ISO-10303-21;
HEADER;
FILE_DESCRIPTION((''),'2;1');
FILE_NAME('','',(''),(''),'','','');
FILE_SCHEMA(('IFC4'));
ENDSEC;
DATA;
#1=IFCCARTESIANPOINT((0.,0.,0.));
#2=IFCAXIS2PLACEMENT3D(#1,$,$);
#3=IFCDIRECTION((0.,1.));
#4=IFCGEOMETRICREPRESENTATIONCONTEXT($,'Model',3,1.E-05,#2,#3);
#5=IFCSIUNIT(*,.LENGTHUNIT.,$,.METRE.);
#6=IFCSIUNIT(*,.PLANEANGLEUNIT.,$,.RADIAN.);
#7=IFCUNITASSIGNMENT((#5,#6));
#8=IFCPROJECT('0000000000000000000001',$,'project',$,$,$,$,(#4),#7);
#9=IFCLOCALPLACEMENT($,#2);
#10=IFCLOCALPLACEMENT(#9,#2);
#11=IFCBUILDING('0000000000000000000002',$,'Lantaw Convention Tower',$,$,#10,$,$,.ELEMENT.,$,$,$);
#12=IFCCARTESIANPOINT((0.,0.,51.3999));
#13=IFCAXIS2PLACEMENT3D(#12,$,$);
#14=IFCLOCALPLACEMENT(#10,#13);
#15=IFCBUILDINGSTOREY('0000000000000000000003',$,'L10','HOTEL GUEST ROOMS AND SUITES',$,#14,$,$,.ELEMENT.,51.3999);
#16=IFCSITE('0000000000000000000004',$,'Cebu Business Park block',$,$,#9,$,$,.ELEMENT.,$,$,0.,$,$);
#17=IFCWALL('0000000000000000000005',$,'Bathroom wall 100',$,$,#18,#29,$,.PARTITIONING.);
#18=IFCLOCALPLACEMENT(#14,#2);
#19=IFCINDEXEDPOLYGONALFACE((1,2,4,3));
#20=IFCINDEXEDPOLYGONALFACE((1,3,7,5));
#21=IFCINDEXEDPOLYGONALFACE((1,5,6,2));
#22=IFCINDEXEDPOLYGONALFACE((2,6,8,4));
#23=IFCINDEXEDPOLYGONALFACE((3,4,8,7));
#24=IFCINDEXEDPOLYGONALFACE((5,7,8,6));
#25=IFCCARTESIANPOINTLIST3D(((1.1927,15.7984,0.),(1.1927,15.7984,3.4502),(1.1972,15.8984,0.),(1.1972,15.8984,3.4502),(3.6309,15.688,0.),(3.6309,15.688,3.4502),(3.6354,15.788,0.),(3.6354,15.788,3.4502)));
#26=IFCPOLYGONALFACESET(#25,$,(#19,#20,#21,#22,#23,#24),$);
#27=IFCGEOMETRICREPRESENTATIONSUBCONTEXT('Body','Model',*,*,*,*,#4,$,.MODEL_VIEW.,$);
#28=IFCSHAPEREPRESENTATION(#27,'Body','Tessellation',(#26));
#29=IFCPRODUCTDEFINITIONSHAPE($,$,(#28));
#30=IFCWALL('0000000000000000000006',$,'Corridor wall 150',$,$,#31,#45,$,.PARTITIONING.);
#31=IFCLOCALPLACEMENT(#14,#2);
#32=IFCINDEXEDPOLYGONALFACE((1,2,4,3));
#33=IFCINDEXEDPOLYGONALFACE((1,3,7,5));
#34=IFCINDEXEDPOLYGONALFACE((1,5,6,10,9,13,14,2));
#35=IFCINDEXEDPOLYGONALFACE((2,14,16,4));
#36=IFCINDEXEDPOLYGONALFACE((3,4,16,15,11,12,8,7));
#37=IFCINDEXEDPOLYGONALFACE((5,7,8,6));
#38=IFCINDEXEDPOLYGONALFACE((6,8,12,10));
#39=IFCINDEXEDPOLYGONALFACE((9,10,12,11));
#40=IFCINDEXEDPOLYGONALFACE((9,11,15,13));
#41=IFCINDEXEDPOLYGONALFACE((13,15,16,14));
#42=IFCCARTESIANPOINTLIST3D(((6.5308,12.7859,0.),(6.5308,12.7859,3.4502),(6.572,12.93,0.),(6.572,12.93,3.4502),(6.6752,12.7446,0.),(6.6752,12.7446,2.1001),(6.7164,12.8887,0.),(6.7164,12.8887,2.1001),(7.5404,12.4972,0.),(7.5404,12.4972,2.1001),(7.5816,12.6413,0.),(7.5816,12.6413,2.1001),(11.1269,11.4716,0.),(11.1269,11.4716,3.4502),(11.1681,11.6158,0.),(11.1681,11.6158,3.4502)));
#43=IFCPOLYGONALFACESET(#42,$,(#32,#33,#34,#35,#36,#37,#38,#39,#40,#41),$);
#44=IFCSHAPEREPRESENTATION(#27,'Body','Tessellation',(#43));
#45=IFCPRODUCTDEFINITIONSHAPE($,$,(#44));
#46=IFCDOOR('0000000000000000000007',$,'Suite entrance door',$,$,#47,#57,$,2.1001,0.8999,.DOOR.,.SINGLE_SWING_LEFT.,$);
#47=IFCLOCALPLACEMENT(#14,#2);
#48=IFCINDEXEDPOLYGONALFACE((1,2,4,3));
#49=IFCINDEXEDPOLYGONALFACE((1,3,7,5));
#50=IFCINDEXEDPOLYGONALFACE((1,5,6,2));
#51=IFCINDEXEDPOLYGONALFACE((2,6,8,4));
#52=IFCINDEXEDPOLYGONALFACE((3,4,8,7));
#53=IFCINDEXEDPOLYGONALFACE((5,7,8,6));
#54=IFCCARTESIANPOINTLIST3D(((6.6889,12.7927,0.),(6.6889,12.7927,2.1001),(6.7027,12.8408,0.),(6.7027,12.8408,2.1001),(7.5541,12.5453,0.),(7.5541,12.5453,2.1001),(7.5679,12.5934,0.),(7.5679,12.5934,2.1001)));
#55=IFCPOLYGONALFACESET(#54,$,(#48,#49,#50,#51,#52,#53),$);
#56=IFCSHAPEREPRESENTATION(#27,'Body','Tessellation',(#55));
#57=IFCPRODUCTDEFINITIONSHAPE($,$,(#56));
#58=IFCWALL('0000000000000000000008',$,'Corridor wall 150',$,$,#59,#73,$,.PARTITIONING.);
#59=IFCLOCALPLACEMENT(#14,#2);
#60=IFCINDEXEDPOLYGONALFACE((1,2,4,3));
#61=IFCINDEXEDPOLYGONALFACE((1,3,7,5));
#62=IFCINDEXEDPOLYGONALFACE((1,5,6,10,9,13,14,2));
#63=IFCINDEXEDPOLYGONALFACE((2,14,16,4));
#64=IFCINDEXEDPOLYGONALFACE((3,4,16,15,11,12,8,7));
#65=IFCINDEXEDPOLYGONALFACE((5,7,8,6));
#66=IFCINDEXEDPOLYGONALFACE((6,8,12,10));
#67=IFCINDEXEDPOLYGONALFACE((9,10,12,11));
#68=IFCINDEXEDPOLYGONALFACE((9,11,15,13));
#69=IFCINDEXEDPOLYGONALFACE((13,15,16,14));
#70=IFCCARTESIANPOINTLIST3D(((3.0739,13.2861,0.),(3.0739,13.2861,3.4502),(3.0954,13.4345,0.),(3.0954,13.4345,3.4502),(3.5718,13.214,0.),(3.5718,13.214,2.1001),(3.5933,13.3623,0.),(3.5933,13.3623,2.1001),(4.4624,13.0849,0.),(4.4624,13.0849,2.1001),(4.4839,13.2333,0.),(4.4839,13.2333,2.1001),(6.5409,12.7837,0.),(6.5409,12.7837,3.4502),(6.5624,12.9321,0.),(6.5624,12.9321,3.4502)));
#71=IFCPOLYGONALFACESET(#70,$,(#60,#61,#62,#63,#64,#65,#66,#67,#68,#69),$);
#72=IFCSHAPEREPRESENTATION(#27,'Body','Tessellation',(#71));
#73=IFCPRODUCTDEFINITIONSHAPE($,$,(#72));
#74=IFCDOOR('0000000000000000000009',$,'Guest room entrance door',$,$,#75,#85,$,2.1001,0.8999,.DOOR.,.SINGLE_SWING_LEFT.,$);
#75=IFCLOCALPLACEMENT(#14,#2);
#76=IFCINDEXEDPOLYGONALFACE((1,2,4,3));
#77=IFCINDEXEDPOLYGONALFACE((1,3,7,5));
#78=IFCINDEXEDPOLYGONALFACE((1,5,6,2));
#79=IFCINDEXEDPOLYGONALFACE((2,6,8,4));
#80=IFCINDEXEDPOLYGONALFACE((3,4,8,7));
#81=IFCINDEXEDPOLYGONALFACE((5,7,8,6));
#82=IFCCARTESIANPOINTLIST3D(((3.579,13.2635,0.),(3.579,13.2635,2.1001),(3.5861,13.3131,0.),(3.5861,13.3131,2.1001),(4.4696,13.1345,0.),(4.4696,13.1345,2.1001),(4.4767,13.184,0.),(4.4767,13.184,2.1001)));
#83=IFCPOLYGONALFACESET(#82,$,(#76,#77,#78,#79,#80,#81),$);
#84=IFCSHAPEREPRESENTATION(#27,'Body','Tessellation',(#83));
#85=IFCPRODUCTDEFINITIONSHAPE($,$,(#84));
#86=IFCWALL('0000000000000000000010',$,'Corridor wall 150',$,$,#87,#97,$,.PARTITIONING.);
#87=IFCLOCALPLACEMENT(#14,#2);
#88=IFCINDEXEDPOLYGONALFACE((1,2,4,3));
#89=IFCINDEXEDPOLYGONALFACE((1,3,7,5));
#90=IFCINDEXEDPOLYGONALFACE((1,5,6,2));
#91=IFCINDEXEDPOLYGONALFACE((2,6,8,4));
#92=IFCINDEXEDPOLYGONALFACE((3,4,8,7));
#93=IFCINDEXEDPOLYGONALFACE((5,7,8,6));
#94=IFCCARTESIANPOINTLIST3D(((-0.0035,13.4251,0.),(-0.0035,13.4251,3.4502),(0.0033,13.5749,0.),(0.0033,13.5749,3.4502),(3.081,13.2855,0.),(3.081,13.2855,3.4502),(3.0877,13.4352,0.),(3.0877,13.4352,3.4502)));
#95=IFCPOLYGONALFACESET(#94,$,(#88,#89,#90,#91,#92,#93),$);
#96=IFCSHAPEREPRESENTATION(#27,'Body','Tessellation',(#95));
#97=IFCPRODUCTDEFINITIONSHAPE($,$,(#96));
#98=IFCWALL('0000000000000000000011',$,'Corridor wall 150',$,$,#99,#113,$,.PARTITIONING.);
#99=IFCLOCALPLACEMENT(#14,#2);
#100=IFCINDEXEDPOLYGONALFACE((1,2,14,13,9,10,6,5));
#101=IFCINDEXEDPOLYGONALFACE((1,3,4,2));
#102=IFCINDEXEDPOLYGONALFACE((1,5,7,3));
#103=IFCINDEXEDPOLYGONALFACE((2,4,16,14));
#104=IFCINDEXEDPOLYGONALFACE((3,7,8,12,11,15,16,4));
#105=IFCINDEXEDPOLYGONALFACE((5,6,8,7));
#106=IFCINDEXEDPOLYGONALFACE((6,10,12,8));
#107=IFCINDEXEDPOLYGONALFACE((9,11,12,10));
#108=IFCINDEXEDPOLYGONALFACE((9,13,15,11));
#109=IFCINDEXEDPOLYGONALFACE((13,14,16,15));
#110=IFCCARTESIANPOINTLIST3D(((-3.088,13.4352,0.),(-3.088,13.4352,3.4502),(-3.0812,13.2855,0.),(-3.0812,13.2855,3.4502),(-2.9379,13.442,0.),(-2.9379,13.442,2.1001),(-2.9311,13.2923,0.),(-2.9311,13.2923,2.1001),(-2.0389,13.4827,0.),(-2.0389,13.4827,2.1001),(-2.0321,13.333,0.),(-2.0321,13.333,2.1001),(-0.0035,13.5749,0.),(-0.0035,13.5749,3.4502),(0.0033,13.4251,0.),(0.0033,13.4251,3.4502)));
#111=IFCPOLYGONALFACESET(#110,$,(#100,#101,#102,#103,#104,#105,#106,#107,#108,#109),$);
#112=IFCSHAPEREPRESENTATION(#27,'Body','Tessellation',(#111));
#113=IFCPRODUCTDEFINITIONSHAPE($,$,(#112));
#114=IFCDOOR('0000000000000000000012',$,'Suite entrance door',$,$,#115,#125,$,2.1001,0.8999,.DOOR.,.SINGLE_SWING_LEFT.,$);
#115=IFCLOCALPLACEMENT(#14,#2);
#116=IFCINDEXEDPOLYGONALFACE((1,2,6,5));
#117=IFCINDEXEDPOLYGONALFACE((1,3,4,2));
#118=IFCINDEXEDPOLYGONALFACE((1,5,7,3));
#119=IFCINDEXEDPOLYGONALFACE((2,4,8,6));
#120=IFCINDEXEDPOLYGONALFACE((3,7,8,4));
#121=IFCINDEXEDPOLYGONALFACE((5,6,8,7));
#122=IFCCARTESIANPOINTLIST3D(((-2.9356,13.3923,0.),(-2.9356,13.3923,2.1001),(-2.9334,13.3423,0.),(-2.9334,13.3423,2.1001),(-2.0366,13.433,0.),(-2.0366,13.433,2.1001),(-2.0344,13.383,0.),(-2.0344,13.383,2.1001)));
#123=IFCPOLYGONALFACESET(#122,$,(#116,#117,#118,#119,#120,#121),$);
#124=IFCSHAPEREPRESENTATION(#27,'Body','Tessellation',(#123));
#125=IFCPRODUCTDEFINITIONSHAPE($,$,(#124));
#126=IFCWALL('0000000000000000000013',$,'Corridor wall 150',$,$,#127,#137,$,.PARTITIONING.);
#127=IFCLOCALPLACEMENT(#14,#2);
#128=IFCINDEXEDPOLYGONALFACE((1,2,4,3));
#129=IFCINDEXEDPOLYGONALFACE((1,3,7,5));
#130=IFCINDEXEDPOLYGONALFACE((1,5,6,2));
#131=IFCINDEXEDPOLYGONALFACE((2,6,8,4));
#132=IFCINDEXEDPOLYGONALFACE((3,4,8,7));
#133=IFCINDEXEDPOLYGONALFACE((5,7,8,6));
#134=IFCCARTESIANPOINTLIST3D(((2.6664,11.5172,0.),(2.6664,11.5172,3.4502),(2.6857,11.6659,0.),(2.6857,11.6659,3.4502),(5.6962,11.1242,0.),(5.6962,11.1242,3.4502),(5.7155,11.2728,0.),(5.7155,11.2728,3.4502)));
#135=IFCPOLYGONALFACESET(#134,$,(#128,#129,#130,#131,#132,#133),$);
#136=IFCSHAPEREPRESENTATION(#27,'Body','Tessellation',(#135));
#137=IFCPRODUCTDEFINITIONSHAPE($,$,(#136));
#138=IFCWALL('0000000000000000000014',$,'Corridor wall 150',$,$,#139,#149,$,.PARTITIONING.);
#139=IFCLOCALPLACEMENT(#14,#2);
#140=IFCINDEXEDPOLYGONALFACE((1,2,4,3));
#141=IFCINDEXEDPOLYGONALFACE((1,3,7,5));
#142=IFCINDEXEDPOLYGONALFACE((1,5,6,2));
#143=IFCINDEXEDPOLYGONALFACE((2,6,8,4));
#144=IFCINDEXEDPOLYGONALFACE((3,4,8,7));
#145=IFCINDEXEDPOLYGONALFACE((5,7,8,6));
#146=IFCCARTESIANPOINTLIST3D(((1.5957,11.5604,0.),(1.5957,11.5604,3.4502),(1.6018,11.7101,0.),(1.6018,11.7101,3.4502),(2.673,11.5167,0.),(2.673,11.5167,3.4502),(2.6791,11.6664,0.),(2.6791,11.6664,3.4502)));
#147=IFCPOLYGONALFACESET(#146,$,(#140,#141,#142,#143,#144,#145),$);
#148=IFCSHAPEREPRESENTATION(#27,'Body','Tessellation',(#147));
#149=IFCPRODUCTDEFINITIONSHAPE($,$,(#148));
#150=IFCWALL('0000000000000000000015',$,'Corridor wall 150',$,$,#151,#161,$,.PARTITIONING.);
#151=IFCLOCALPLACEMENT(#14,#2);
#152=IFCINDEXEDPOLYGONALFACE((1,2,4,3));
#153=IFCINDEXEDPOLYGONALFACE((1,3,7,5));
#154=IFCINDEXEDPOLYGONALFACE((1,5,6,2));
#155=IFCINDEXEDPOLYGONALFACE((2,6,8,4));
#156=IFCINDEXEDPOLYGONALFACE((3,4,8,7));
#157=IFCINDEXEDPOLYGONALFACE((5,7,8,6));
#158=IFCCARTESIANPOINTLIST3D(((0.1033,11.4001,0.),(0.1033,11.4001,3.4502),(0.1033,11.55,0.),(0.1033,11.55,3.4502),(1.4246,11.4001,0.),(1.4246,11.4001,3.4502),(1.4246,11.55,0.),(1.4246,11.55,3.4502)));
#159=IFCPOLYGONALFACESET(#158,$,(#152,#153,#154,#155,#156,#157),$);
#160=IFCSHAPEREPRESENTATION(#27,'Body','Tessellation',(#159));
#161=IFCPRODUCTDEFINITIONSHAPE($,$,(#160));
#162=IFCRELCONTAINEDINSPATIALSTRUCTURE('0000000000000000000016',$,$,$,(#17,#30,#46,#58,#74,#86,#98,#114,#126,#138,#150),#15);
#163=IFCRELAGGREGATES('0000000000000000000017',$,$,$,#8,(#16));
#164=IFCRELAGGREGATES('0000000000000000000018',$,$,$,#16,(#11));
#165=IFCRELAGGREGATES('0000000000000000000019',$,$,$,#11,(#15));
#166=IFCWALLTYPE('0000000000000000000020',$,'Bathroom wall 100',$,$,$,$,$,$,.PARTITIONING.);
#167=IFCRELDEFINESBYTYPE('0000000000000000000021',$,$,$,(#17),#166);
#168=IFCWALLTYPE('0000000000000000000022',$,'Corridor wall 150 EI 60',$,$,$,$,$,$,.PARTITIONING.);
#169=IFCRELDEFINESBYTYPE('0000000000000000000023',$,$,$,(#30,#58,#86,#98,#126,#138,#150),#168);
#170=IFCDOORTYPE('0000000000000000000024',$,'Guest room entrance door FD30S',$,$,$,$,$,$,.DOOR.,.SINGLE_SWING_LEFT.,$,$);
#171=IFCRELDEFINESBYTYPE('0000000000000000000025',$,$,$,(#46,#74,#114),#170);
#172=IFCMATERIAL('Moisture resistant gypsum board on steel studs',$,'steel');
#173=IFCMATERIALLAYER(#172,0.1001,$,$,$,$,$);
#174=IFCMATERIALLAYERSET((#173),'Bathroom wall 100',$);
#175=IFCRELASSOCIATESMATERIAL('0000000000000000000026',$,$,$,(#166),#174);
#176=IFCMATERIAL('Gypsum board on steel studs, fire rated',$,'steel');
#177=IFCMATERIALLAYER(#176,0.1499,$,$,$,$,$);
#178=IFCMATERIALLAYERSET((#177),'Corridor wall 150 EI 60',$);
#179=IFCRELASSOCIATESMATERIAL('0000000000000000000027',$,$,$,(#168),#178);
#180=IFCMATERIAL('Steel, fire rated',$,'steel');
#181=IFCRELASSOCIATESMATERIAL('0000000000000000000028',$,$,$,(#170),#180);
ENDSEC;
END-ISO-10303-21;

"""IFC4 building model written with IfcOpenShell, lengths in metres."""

from ifc_helpers import new_model, si_unit, direction, frame, frame_2d, origin, place, context, subcontext, project, spatial, rectangle, extrude, material, layer, layer_set, type_object, element, fill, save


model = new_model("IFC4")

# Units and contexts
model_context = context("Model", 3, precision=1e-05, world=origin(), true_north=direction((0.0, 1.0)))
body_context = subcontext(model_context, "Body", "Model", "MODEL_VIEW")
ifc_project = project(units=[si_unit("LENGTHUNIT", "METRE"), si_unit("PLANEANGLEUNIT", "RADIAN")], contexts=[model_context])

# Site, building, storey
site_placement = place(None, origin())
site = spatial("IfcSite", under=ifc_project, at=site_placement, Name="Cebu Business Park block", CompositionType="ELEMENT", RefElevation=0.0)
building_placement = place(site_placement, origin())
building = spatial("IfcBuilding", under=site, at=building_placement, Name="Lantaw Convention Tower", CompositionType="ELEMENT")
storey_placement = place(building_placement, frame((0.0, 0.0, 51.3999)))
storey = spatial("IfcBuildingStorey", under=building, at=storey_placement, Name="L10", Description="HOTEL GUEST ROOMS AND SUITES", CompositionType="ELEMENT", Elevation=51.3999)

# Shared definitions
ifc_material_1 = material(Name="Moisture resistant gypsum board on steel studs", Category="steel")
ifc_layer_1 = layer(ifc_material_1, 0.1001)
ifc_layer_set_1 = layer_set([ifc_layer_1], Name="Bathroom wall 100")
wall_type_1 = type_object("IfcWallType", Name="Bathroom wall 100", PredefinedType="PARTITIONING", material=ifc_layer_set_1)

# Wall
wall_1_placement = place(storey_placement, frame((1.1951, 15.8484, 0.0), z_axis=(0.0, 0.0, 1.0), x_axis=(0.998977, -0.045213, 0.0)))
element("IfcWall", 1, at=wall_1_placement, inside=storey, type_object=wall_type_1, Name="Bathroom wall 100", PredefinedType="PARTITIONING", context=body_context, shape_type="SweptSolid", body=[
    extrude(rectangle(XDim=2.4407, YDim=0.1001, at=frame_2d((1.2202, 0.0))), origin(), (0.0, 0.0, 1.0), 3.4502),
])

# Walls, openings, doors
ifc_material_2 = material(Name="Gypsum board on steel studs, fire rated", Category="steel")
ifc_layer_2 = layer(ifc_material_2, 0.1499)
ifc_layer_set_2 = layer_set([ifc_layer_2], Name="Corridor wall 150 EI 60")
wall_type_2 = type_object("IfcWallType", Name="Corridor wall 150 EI 60", PredefinedType="PARTITIONING", material=ifc_layer_set_2)
wall_2_placement = place(storey_placement, frame((11.1475, 11.5437, 0.0), z_axis=(0.0, 0.0, 1.0), x_axis=(-0.961464, 0.27493, 0.0)))
wall_2 = element("IfcWall", 2, at=wall_2_placement, inside=storey, type_object=wall_type_2, Name="Corridor wall 150", PredefinedType="PARTITIONING", context=body_context, shape_type="SweptSolid", body=[
    extrude(rectangle(XDim=4.7803, YDim=0.1499, at=frame_2d((2.3901, 0.0))), origin(), (0.0, 0.0, 1.0), 3.4502),
])
opening_1_placement = place(wall_2_placement, frame((3.7302, 0.0, 0.0)))
opening_1 = element("IfcOpeningElement", 3, at=opening_1_placement, cuts=wall_2, PredefinedType="OPENING", context=body_context, shape_type="SweptSolid", body=[
    extrude(rectangle(XDim=0.8999, YDim=2.1001, at=frame_2d((0.45, 1.05))), frame((0.0, 0.085, 0.0), z_axis=(0.0, -1.0, 0.0), x_axis=(1.0, 0.0, 0.0)), (0.0, 0.0, 1.0), 0.1699),
])
ifc_material_3 = material(Name="Steel, fire rated", Category="steel")
door_type_1 = type_object("IfcDoorType", Name="Guest room entrance door FD30S", OperationType="SINGLE_SWING_LEFT", PredefinedType="DOOR", material=ifc_material_3)
door_1_placement = place(opening_1_placement, origin())
door_1 = element("IfcDoor", 4, at=door_1_placement, inside=storey, type_object=door_type_1, Name="Suite entrance door", OperationType="SINGLE_SWING_LEFT", OverallHeight=2.1001, OverallWidth=0.8999, PredefinedType="DOOR", context=body_context, shape_type="SweptSolid", body=[
    extrude(rectangle(XDim=0.8999, YDim=2.1001, at=frame_2d((0.45, 1.05))), frame((0.0, 0.0249, 0.0), z_axis=(0.0, -1.0, 0.0), x_axis=(1.0, 0.0, 0.0)), (0.0, 0.0, 1.0), 0.05),
])
fill(opening_1, door_1)
wall_3_placement = place(storey_placement, frame((6.5515, 12.8579, 0.0), z_axis=(0.0, 0.0, 1.0), x_axis=(-0.989662, 0.143421, 0.0)))
wall_3 = element("IfcWall", 5, at=wall_3_placement, inside=storey, type_object=wall_type_2, Name="Corridor wall 150", PredefinedType="PARTITIONING", context=body_context, shape_type="SweptSolid", body=[
    extrude(rectangle(XDim=3.5032, YDim=0.1499, at=frame_2d((1.7515, 0.0))), origin(), (0.0, 0.0, 1.0), 3.4502),
])
opening_2_placement = place(wall_3_placement, frame((2.1001, 0.0, 0.0)))
opening_2 = element("IfcOpeningElement", 6, at=opening_2_placement, cuts=wall_3, PredefinedType="OPENING", context=body_context, shape_type="SweptSolid", body=[
    extrude(rectangle(XDim=0.8999, YDim=2.1001, at=frame_2d((0.45, 1.05))), frame((0.0, 0.085, 0.0), z_axis=(0.0, -1.0, 0.0), x_axis=(1.0, 0.0, 0.0)), (0.0, 0.0, 1.0), 0.1699),
])
door_2_placement = place(opening_2_placement, origin())
door_2 = element("IfcDoor", 7, at=door_2_placement, inside=storey, type_object=door_type_1, Name="Guest room entrance door", OperationType="SINGLE_SWING_LEFT", OverallHeight=2.1001, OverallWidth=0.8999, PredefinedType="DOOR", context=body_context, shape_type="SweptSolid", body=[
    extrude(rectangle(XDim=0.8999, YDim=2.1001, at=frame_2d((0.45, 1.05))), frame((0.0, 0.0249, 0.0), z_axis=(0.0, -1.0, 0.0), x_axis=(1.0, 0.0, 0.0)), (0.0, 0.0, 1.0), 0.05),
])
fill(opening_2, door_2)

# Wall
wall_4_placement = place(storey_placement, frame((3.0845, 13.3604, 0.0), z_axis=(0.0, 0.0, 1.0), x_axis=(-0.998977, 0.045228, 0.0)))
element("IfcWall", 8, at=wall_4_placement, inside=storey, type_object=wall_type_2, Name="Corridor wall 150", PredefinedType="PARTITIONING", context=body_context, shape_type="SweptSolid", body=[
    extrude(rectangle(XDim=3.0876, YDim=0.1499, at=frame_2d((1.5439, 0.0))), origin(), (0.0, 0.0, 1.0), 3.4502),
])

# Wall, opening, door
wall_5_placement = place(storey_placement, frame((0.0, 13.5, 0.0), z_axis=(0.0, 0.0, 1.0), x_axis=(-0.998977, -0.045228, 0.0)))
wall_5 = element("IfcWall", 9, at=wall_5_placement, inside=storey, type_object=wall_type_2, Name="Corridor wall 150", PredefinedType="PARTITIONING", context=body_context, shape_type="SweptSolid", body=[
    extrude(rectangle(XDim=3.0876, YDim=0.1499, at=frame_2d((1.5439, 0.0))), origin(), (0.0, 0.0, 1.0), 3.4502),
])
opening_3_placement = place(wall_5_placement, frame((2.0376, 0.0, 0.0)))
opening_3 = element("IfcOpeningElement", 10, at=opening_3_placement, cuts=wall_5, PredefinedType="OPENING", context=body_context, shape_type="SweptSolid", body=[
    extrude(rectangle(XDim=0.8999, YDim=2.1001, at=frame_2d((0.45, 1.05))), frame((0.0, 0.085, 0.0), z_axis=(0.0, -1.0, 0.0), x_axis=(1.0, 0.0, 0.0)), (0.0, 0.0, 1.0), 0.1699),
])
door_3_placement = place(opening_3_placement, origin())
door_3 = element("IfcDoor", 11, at=door_3_placement, inside=storey, type_object=door_type_1, Name="Suite entrance door", OperationType="SINGLE_SWING_LEFT", OverallHeight=2.1001, OverallWidth=0.8999, PredefinedType="DOOR", context=body_context, shape_type="SweptSolid", body=[
    extrude(rectangle(XDim=0.8999, YDim=2.1001, at=frame_2d((0.45, 1.05))), frame((0.0, 0.0249, 0.0), z_axis=(0.0, -1.0, 0.0), x_axis=(1.0, 0.0, 0.0)), (0.0, 0.0, 1.0), 0.05),
])
fill(opening_3, door_3)

# Walls
wall_6_placement = place(storey_placement, frame((5.7058, 11.1985, 0.0), z_axis=(0.0, 0.0, 1.0), x_axis=(-0.991689, 0.128656, 0.0)))
element("IfcWall", 12, at=wall_6_placement, inside=storey, type_object=wall_type_2, Name="Corridor wall 150", PredefinedType="PARTITIONING", context=body_context, shape_type="SweptSolid", body=[
    extrude(rectangle(XDim=3.0552, YDim=0.1499, at=frame_2d((1.5276, 0.0))), origin(), (0.0, 0.0, 1.0), 3.4502),
])
wall_7_placement = place(storey_placement, frame((2.676, 11.5916, 0.0), z_axis=(0.0, 0.0, 1.0), x_axis=(-0.999178, 0.040538, 0.0)))
element("IfcWall", 13, at=wall_7_placement, inside=storey, type_object=wall_type_2, Name="Corridor wall 150", PredefinedType="PARTITIONING", context=body_context, shape_type="SweptSolid", body=[
    extrude(rectangle(XDim=1.0781, YDim=0.1499, at=frame_2d((0.5391, 0.0))), origin(), (0.0, 0.0, 1.0), 3.4502),
])
wall_8_placement = place(storey_placement, frame((1.4246, 11.4751, 0.0), z_axis=(0.0, 0.0, 1.0), x_axis=(-1.0, 0.0, 0.0)))
element("IfcWall", 14, at=wall_8_placement, inside=storey, type_object=wall_type_2, Name="Corridor wall 150", PredefinedType="PARTITIONING", context=body_context, shape_type="SweptSolid", body=[
    extrude(rectangle(XDim=1.3213, YDim=0.1499, at=frame_2d((0.6606, 0.0))), origin(), (0.0, 0.0, 1.0), 3.4502),
])

save(model, "model.ifc")
